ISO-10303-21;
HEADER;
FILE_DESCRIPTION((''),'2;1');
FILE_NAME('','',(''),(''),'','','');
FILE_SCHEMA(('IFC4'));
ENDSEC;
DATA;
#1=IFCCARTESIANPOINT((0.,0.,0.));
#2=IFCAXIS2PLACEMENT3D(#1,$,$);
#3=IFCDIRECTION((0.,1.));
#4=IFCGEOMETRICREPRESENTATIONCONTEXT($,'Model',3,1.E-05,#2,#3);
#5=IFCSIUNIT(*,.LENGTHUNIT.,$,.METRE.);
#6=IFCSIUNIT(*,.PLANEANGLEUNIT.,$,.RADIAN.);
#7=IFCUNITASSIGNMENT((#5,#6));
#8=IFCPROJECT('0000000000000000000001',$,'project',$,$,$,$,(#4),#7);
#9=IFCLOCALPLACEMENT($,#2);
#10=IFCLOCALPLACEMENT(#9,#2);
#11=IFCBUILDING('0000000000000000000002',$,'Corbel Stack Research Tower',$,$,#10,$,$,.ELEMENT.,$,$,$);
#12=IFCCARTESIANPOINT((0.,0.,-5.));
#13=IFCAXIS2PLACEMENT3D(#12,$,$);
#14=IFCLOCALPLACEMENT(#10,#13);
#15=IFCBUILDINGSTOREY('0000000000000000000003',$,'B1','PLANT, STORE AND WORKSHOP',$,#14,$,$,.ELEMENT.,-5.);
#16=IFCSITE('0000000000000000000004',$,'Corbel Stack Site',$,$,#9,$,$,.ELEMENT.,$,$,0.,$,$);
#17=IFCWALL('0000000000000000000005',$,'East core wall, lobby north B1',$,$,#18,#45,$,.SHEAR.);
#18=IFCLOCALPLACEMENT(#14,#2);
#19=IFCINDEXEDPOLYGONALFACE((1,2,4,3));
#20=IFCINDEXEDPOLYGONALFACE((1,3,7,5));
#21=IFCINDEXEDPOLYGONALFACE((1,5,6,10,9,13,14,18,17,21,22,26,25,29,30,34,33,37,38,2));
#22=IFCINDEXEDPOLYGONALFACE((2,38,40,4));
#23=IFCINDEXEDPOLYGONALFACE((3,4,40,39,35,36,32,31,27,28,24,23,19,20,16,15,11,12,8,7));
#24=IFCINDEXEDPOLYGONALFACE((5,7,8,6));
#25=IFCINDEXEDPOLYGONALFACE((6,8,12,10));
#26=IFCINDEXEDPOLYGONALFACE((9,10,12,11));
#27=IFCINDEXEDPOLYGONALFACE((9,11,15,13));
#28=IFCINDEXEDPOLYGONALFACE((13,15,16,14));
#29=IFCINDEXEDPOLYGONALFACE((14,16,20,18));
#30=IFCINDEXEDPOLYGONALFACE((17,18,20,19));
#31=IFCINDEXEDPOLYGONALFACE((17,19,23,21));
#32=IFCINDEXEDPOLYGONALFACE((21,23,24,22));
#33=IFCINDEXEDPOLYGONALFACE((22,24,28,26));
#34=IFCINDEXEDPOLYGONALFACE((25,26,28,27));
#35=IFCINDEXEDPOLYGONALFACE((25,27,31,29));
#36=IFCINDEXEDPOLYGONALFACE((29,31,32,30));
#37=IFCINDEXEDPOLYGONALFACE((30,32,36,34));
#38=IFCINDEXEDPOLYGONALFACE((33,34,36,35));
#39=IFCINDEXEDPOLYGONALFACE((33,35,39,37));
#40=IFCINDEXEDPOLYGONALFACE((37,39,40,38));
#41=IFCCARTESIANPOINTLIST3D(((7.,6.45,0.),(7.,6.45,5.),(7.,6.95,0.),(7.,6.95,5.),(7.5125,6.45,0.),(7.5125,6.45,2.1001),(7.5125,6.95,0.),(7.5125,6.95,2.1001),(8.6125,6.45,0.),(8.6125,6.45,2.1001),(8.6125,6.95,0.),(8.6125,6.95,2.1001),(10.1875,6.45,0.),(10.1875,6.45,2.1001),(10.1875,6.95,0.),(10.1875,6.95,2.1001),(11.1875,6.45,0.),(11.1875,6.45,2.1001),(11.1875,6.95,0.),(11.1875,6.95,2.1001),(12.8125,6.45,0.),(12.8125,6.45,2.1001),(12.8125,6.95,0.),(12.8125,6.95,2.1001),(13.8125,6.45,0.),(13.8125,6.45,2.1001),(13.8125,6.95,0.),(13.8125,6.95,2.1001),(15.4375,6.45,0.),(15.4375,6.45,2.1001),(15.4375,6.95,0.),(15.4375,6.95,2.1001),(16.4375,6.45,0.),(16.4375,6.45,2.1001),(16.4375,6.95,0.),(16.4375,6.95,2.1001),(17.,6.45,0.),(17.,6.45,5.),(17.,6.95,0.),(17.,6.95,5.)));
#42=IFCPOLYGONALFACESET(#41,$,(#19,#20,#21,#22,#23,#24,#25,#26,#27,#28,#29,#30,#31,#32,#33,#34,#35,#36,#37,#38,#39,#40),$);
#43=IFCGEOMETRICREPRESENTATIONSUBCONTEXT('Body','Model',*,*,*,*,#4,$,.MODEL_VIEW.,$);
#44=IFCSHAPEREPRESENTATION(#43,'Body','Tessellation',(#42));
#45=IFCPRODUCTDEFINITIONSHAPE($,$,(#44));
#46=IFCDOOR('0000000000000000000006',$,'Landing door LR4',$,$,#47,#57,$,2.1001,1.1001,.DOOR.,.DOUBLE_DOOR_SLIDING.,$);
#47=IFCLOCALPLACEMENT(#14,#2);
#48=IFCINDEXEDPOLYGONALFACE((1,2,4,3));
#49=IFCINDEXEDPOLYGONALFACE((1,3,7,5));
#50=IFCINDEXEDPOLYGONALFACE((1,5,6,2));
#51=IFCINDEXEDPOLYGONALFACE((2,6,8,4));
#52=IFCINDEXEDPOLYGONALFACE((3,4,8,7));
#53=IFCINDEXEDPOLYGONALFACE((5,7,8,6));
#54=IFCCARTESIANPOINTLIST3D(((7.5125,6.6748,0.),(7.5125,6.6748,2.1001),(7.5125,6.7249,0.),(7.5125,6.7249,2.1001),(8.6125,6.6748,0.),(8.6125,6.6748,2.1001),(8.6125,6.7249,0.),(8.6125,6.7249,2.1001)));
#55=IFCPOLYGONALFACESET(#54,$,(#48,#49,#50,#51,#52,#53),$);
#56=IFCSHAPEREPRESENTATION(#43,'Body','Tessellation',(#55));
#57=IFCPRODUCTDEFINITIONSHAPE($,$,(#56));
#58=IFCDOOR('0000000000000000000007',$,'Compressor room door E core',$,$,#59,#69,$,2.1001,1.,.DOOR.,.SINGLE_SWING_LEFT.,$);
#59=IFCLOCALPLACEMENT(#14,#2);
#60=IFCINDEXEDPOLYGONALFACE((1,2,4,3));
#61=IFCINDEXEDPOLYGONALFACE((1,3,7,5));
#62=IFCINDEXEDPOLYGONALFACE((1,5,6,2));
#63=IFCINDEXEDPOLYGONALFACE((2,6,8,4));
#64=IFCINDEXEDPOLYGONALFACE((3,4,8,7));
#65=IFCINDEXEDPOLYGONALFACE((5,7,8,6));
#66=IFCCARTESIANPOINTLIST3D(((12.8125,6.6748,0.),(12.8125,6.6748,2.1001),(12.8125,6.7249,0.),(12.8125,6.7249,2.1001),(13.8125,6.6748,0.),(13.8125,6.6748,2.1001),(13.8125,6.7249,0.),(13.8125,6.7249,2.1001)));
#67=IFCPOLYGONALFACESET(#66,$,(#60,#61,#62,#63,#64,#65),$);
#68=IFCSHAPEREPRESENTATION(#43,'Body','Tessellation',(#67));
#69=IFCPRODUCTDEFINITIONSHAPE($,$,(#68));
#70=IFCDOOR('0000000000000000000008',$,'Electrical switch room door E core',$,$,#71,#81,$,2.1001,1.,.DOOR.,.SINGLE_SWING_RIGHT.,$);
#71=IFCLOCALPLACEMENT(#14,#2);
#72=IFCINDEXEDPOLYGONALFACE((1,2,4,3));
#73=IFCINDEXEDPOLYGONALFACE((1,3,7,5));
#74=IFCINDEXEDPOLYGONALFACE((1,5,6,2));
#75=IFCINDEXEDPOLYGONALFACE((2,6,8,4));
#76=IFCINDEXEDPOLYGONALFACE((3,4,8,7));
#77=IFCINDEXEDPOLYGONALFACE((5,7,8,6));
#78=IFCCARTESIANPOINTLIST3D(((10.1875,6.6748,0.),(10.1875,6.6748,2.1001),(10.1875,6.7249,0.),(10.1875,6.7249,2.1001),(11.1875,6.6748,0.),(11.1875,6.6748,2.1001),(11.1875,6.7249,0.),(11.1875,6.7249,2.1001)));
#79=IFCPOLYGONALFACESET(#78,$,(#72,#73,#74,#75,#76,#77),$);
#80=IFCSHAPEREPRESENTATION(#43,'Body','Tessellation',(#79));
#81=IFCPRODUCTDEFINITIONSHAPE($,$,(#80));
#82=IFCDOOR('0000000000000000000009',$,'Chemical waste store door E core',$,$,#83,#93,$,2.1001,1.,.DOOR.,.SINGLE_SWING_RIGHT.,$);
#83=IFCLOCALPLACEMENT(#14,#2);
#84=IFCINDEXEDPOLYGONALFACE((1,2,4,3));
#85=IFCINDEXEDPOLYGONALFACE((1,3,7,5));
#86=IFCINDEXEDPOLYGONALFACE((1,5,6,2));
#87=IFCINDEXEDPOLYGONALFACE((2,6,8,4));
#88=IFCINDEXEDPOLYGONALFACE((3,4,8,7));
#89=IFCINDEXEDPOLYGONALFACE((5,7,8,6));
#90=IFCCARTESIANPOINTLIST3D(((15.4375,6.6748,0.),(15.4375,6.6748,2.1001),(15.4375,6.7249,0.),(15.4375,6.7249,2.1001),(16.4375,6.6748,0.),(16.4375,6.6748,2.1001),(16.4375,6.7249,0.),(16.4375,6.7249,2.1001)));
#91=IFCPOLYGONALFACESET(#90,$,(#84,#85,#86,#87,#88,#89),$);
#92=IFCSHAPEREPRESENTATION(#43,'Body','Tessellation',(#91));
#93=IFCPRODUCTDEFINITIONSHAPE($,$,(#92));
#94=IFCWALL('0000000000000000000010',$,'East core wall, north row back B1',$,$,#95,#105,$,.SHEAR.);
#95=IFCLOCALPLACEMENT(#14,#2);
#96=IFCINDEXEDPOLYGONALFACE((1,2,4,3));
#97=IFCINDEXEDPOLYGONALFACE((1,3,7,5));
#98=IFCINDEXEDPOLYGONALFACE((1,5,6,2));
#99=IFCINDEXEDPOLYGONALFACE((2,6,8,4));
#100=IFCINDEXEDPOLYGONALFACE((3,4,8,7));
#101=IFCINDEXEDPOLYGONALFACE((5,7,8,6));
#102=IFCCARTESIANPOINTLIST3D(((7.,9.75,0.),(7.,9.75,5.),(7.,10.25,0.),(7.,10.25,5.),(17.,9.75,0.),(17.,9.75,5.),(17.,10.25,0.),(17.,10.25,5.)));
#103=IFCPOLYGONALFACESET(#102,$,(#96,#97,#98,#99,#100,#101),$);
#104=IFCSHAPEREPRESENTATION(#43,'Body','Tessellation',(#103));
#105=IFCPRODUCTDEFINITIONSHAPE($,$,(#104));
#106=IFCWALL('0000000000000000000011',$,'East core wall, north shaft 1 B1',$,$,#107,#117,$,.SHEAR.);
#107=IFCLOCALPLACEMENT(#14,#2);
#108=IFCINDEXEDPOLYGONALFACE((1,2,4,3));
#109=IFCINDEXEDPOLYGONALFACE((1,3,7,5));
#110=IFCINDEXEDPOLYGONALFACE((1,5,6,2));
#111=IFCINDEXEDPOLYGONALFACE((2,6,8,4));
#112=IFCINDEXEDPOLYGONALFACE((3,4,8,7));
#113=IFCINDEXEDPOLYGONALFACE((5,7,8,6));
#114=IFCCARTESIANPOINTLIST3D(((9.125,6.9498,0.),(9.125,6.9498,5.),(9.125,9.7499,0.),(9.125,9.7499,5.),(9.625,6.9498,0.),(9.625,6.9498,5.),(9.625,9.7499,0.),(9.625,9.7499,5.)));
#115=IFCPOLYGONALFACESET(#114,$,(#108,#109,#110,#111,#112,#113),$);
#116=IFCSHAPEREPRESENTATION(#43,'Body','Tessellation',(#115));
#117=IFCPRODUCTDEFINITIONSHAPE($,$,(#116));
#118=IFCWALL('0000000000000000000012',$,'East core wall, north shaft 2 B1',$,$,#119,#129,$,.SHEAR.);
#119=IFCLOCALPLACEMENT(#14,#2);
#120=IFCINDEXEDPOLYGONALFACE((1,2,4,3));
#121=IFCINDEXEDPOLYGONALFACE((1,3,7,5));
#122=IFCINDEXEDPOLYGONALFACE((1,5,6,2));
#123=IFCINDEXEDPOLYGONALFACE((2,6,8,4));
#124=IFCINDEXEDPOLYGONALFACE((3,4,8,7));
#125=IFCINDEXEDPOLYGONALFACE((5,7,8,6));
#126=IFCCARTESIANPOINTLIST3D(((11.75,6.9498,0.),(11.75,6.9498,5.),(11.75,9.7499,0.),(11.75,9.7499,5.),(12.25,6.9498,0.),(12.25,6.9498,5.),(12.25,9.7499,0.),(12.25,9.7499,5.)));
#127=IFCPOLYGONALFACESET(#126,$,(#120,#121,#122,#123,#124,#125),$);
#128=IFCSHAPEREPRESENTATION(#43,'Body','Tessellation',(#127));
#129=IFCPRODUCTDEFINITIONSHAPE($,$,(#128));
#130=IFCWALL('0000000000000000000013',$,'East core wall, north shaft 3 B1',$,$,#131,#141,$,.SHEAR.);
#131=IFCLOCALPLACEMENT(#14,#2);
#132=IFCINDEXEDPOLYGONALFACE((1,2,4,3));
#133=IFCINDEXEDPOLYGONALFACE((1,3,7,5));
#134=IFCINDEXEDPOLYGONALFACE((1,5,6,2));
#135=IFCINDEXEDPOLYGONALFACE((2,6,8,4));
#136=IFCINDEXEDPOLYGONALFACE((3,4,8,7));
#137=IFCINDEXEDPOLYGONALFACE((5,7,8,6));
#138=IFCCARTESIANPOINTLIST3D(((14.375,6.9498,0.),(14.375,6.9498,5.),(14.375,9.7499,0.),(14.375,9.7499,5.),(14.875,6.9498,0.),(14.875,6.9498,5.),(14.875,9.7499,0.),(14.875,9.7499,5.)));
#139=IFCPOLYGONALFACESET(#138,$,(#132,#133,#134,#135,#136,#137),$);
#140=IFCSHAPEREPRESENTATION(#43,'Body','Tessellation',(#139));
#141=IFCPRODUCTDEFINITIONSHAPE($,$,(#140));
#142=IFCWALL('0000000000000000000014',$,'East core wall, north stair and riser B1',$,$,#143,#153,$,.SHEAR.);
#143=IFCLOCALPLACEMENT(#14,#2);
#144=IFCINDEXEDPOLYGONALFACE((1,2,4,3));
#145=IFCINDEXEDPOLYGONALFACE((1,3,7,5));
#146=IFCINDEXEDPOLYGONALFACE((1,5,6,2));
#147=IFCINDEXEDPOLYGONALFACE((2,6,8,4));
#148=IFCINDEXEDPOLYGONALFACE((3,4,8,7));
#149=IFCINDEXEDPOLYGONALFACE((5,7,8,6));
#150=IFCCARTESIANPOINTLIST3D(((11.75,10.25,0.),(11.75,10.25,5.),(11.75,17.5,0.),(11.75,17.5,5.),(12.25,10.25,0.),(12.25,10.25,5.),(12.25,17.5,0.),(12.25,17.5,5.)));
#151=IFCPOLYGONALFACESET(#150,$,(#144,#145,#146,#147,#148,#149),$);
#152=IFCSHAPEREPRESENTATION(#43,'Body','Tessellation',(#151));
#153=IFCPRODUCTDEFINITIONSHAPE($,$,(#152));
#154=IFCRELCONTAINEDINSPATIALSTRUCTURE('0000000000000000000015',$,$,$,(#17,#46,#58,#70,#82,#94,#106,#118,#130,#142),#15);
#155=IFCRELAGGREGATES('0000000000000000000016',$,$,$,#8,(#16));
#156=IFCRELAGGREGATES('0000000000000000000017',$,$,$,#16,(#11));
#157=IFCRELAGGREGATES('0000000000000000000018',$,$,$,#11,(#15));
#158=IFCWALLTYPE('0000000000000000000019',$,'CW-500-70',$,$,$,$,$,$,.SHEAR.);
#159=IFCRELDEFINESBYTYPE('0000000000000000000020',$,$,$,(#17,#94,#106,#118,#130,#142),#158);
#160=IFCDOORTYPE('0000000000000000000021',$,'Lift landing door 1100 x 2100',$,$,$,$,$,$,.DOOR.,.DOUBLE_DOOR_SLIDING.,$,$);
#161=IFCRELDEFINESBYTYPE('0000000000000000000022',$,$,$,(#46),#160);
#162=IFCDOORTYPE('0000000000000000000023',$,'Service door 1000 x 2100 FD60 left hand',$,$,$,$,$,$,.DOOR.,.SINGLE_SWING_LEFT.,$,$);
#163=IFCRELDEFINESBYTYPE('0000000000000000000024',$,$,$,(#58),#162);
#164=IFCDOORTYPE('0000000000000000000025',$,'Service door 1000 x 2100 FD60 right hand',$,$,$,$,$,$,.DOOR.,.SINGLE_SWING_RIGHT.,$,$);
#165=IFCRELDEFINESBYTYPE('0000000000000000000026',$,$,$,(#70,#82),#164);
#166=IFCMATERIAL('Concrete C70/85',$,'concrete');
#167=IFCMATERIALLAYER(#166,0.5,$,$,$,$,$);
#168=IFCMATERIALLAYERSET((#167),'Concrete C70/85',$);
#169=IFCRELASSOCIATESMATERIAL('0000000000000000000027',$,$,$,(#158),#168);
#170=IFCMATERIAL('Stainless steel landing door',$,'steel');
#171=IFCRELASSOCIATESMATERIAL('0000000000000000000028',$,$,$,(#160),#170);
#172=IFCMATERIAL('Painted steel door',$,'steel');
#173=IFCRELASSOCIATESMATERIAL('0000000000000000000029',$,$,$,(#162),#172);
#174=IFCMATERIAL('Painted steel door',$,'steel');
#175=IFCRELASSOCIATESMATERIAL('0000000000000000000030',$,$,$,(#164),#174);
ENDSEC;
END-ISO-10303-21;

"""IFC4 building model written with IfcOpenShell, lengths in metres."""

from ifc_helpers import new_model, si_unit, direction, frame, frame_2d, origin, place, context, subcontext, project, spatial, rectangle, extrude, material, layer, layer_set, type_object, element, fill, save


model = new_model("IFC4")

# Units and contexts
model_context = context("Model", 3, precision=1e-05, world=origin(), true_north=direction((0.0, 1.0)))
body_context = subcontext(model_context, "Body", "Model", "MODEL_VIEW")
ifc_project = project(units=[si_unit("LENGTHUNIT", "METRE"), si_unit("PLANEANGLEUNIT", "RADIAN")], contexts=[model_context])

# Site, building, storey
site_placement = place(None, origin())
site = spatial("IfcSite", under=ifc_project, at=site_placement, Name="Corbel Stack Site", CompositionType="ELEMENT", RefElevation=0.0)
building_placement = place(site_placement, origin())
building = spatial("IfcBuilding", under=site, at=building_placement, Name="Corbel Stack Research Tower", CompositionType="ELEMENT")
storey_placement = place(building_placement, frame((0.0, 0.0, -5.0)))
storey = spatial("IfcBuildingStorey", under=building, at=storey_placement, Name="B1", Description="PLANT, STORE AND WORKSHOP", CompositionType="ELEMENT", Elevation=-5.0)

# Wall, openings, doors
ifc_material_1 = material(Name="Concrete C70/85", Category="concrete")
ifc_layer_1 = layer(ifc_material_1, 0.5)
ifc_layer_set_1 = layer_set([ifc_layer_1], Name="Concrete C70/85")
wall_type_1 = type_object("IfcWallType", Name="CW-500-70", PredefinedType="SHEAR", material=ifc_layer_set_1)
ifc_material_2 = material(Name="Stainless steel landing door", Category="steel")
door_type_1 = type_object("IfcDoorType", Name="Lift landing door 1100 x 2100", OperationType="DOUBLE_DOOR_SLIDING", PredefinedType="DOOR", material=ifc_material_2)
ifc_material_3 = material(Name="Painted steel door", Category="steel")
door_type_2 = type_object("IfcDoorType", Name="Service door 1000 x 2100 FD60 left hand", OperationType="SINGLE_SWING_LEFT", PredefinedType="DOOR", material=ifc_material_3)
wall_1_placement = place(storey_placement, frame((7.0, 6.7, 0.0), z_axis=(0.0, 0.0, 1.0), x_axis=(1.0, 0.0, 0.0)))
wall_1 = element("IfcWall", 1, at=wall_1_placement, inside=storey, type_object=wall_type_1, Name="East core wall, lobby north B1", PredefinedType="SHEAR", context=body_context, shape_type="SweptSolid", body=[
    extrude(rectangle(XDim=10.0, YDim=0.5, at=frame_2d((5.0, 0.0))), origin(), (0.0, 0.0, 1.0), 5.0),
])
opening_1_placement = place(wall_1_placement, frame((0.5125, 0.0, 0.0)))
opening_1 = element("IfcOpeningElement", 2, at=opening_1_placement, cuts=wall_1, PredefinedType="OPENING", context=body_context, shape_type="SweptSolid", body=[
    extrude(rectangle(XDim=1.1001, YDim=2.1001, at=frame_2d((0.55, 1.05))), frame((0.0, 0.26, 0.0), z_axis=(0.0, -1.0, 0.0), x_axis=(1.0, 0.0, 0.0)), (0.0, 0.0, 1.0), 0.52),
])
opening_2_placement = place(wall_1_placement, frame((3.1875, 0.0, 0.0)))
opening_2 = element("IfcOpeningElement", 3, at=opening_2_placement, cuts=wall_1, PredefinedType="OPENING", context=body_context, shape_type="SweptSolid", body=[
    extrude(rectangle(XDim=1.0, YDim=2.1001, at=frame_2d((0.5, 1.05))), frame((0.0, 0.26, 0.0), z_axis=(0.0, -1.0, 0.0), x_axis=(1.0, 0.0, 0.0)), (0.0, 0.0, 1.0), 0.52),
])
opening_3_placement = place(wall_1_placement, frame((5.8125, 0.0, 0.0)))
opening_3 = element("IfcOpeningElement", 4, at=opening_3_placement, cuts=wall_1, PredefinedType="OPENING", context=body_context, shape_type="SweptSolid", body=[
    extrude(rectangle(XDim=1.0, YDim=2.1001, at=frame_2d((0.5, 1.05))), frame((0.0, 0.26, 0.0), z_axis=(0.0, -1.0, 0.0), x_axis=(1.0, 0.0, 0.0)), (0.0, 0.0, 1.0), 0.52),
])
opening_4_placement = place(wall_1_placement, frame((8.4375, 0.0, 0.0)))
opening_4 = element("IfcOpeningElement", 5, at=opening_4_placement, cuts=wall_1, PredefinedType="OPENING", context=body_context, shape_type="SweptSolid", body=[
    extrude(rectangle(XDim=1.0, YDim=2.1001, at=frame_2d((0.5, 1.05))), frame((0.0, 0.26, 0.0), z_axis=(0.0, -1.0, 0.0), x_axis=(1.0, 0.0, 0.0)), (0.0, 0.0, 1.0), 0.52),
])
door_1_placement = place(opening_1_placement, origin())
door_1 = element("IfcDoor", 6, at=door_1_placement, inside=storey, type_object=door_type_1, Name="Landing door LR4", OperationType="DOUBLE_DOOR_SLIDING", OverallHeight=2.1001, OverallWidth=1.1001, PredefinedType="DOOR", context=body_context, shape_type="SweptSolid", body=[
    extrude(rectangle(XDim=1.1001, YDim=2.1001, at=frame_2d((0.55, 1.05))), frame((0.0, 0.0249, 0.0), z_axis=(0.0, -1.0, 0.0), x_axis=(1.0, 0.0, 0.0)), (0.0, 0.0, 1.0), 0.05),
])
fill(opening_1, door_1)
door_2_placement = place(opening_3_placement, origin())
door_2 = element("IfcDoor", 7, at=door_2_placement, inside=storey, type_object=door_type_2, Name="Compressor room door E core", OperationType="SINGLE_SWING_LEFT", OverallHeight=2.1001, OverallWidth=1.0, PredefinedType="DOOR", context=body_context, shape_type="SweptSolid", body=[
    extrude(rectangle(XDim=1.0, YDim=2.1001, at=frame_2d((0.5, 1.05))), frame((0.0, 0.0249, 0.0), z_axis=(0.0, -1.0, 0.0), x_axis=(1.0, 0.0, 0.0)), (0.0, 0.0, 1.0), 0.05),
])
fill(opening_3, door_2)
ifc_material_4 = material(Name="Painted steel door", Category="steel")
door_type_3 = type_object("IfcDoorType", Name="Service door 1000 x 2100 FD60 right hand", OperationType="SINGLE_SWING_RIGHT", PredefinedType="DOOR", material=ifc_material_4)
door_3_placement = place(opening_2_placement, origin())
door_3 = element("IfcDoor", 8, at=door_3_placement, inside=storey, type_object=door_type_3, Name="Electrical switch room door E core", OperationType="SINGLE_SWING_RIGHT", OverallHeight=2.1001, OverallWidth=1.0, PredefinedType="DOOR", context=body_context, shape_type="SweptSolid", body=[
    extrude(rectangle(XDim=1.0, YDim=2.1001, at=frame_2d((0.5, 1.05))), frame((0.0, 0.0249, 0.0), z_axis=(0.0, -1.0, 0.0), x_axis=(1.0, 0.0, 0.0)), (0.0, 0.0, 1.0), 0.05),
])
fill(opening_2, door_3)
door_4_placement = place(opening_4_placement, origin())
door_4 = element("IfcDoor", 9, at=door_4_placement, inside=storey, type_object=door_type_3, Name="Chemical waste store door E core", OperationType="SINGLE_SWING_RIGHT", OverallHeight=2.1001, OverallWidth=1.0, PredefinedType="DOOR", context=body_context, shape_type="SweptSolid", body=[
    extrude(rectangle(XDim=1.0, YDim=2.1001, at=frame_2d((0.5, 1.05))), frame((0.0, 0.0249, 0.0), z_axis=(0.0, -1.0, 0.0), x_axis=(1.0, 0.0, 0.0)), (0.0, 0.0, 1.0), 0.05),
])
fill(opening_4, door_4)

# Walls
wall_2_placement = place(storey_placement, frame((7.0, 10.0, 0.0), z_axis=(0.0, 0.0, 1.0), x_axis=(1.0, 0.0, 0.0)))
element("IfcWall", 10, at=wall_2_placement, inside=storey, type_object=wall_type_1, Name="East core wall, north row back B1", PredefinedType="SHEAR", context=body_context, shape_type="SweptSolid", body=[
    extrude(rectangle(XDim=10.0, YDim=0.5, at=frame_2d((5.0, 0.0))), origin(), (0.0, 0.0, 1.0), 5.0),
])
for number, where, z_axis, x_axis, name in (
    (11, (9.375, 6.95, 0.0), (0.0, 0.0, 1.0), (0.0, 1.0, 0.0), "East core wall, north shaft 1 B1"),
    (12, (12.0, 6.95, 0.0), (0.0, 0.0, 1.0), (0.0, 1.0, 0.0), "East core wall, north shaft 2 B1"),
    (13, (14.625, 6.95, 0.0), (0.0, 0.0, 1.0), (0.0, 1.0, 0.0), "East core wall, north shaft 3 B1"),
):
    element("IfcWall", number, at=place(storey_placement, frame(where, z_axis=z_axis, x_axis=x_axis)), inside=storey, type_object=wall_type_1, Name=name, PredefinedType="SHEAR", context=body_context, shape_type="SweptSolid", body=[
        extrude(rectangle(XDim=2.8, YDim=0.5, at=frame_2d((1.3999, 0.0))), origin(), (0.0, 0.0, 1.0), 5.0),
    ])
wall_3_placement = place(storey_placement, frame((12.0, 10.25, 0.0), z_axis=(0.0, 0.0, 1.0), x_axis=(0.0, 1.0, 0.0)))
element("IfcWall", 14, at=wall_3_placement, inside=storey, type_object=wall_type_1, Name="East core wall, north stair and riser B1", PredefinedType="SHEAR", context=body_context, shape_type="SweptSolid", body=[
    extrude(rectangle(XDim=7.25, YDim=0.5, at=frame_2d((3.625, 0.0))), origin(), (0.0, 0.0, 1.0), 5.0),
])

save(model, "model.ifc")
